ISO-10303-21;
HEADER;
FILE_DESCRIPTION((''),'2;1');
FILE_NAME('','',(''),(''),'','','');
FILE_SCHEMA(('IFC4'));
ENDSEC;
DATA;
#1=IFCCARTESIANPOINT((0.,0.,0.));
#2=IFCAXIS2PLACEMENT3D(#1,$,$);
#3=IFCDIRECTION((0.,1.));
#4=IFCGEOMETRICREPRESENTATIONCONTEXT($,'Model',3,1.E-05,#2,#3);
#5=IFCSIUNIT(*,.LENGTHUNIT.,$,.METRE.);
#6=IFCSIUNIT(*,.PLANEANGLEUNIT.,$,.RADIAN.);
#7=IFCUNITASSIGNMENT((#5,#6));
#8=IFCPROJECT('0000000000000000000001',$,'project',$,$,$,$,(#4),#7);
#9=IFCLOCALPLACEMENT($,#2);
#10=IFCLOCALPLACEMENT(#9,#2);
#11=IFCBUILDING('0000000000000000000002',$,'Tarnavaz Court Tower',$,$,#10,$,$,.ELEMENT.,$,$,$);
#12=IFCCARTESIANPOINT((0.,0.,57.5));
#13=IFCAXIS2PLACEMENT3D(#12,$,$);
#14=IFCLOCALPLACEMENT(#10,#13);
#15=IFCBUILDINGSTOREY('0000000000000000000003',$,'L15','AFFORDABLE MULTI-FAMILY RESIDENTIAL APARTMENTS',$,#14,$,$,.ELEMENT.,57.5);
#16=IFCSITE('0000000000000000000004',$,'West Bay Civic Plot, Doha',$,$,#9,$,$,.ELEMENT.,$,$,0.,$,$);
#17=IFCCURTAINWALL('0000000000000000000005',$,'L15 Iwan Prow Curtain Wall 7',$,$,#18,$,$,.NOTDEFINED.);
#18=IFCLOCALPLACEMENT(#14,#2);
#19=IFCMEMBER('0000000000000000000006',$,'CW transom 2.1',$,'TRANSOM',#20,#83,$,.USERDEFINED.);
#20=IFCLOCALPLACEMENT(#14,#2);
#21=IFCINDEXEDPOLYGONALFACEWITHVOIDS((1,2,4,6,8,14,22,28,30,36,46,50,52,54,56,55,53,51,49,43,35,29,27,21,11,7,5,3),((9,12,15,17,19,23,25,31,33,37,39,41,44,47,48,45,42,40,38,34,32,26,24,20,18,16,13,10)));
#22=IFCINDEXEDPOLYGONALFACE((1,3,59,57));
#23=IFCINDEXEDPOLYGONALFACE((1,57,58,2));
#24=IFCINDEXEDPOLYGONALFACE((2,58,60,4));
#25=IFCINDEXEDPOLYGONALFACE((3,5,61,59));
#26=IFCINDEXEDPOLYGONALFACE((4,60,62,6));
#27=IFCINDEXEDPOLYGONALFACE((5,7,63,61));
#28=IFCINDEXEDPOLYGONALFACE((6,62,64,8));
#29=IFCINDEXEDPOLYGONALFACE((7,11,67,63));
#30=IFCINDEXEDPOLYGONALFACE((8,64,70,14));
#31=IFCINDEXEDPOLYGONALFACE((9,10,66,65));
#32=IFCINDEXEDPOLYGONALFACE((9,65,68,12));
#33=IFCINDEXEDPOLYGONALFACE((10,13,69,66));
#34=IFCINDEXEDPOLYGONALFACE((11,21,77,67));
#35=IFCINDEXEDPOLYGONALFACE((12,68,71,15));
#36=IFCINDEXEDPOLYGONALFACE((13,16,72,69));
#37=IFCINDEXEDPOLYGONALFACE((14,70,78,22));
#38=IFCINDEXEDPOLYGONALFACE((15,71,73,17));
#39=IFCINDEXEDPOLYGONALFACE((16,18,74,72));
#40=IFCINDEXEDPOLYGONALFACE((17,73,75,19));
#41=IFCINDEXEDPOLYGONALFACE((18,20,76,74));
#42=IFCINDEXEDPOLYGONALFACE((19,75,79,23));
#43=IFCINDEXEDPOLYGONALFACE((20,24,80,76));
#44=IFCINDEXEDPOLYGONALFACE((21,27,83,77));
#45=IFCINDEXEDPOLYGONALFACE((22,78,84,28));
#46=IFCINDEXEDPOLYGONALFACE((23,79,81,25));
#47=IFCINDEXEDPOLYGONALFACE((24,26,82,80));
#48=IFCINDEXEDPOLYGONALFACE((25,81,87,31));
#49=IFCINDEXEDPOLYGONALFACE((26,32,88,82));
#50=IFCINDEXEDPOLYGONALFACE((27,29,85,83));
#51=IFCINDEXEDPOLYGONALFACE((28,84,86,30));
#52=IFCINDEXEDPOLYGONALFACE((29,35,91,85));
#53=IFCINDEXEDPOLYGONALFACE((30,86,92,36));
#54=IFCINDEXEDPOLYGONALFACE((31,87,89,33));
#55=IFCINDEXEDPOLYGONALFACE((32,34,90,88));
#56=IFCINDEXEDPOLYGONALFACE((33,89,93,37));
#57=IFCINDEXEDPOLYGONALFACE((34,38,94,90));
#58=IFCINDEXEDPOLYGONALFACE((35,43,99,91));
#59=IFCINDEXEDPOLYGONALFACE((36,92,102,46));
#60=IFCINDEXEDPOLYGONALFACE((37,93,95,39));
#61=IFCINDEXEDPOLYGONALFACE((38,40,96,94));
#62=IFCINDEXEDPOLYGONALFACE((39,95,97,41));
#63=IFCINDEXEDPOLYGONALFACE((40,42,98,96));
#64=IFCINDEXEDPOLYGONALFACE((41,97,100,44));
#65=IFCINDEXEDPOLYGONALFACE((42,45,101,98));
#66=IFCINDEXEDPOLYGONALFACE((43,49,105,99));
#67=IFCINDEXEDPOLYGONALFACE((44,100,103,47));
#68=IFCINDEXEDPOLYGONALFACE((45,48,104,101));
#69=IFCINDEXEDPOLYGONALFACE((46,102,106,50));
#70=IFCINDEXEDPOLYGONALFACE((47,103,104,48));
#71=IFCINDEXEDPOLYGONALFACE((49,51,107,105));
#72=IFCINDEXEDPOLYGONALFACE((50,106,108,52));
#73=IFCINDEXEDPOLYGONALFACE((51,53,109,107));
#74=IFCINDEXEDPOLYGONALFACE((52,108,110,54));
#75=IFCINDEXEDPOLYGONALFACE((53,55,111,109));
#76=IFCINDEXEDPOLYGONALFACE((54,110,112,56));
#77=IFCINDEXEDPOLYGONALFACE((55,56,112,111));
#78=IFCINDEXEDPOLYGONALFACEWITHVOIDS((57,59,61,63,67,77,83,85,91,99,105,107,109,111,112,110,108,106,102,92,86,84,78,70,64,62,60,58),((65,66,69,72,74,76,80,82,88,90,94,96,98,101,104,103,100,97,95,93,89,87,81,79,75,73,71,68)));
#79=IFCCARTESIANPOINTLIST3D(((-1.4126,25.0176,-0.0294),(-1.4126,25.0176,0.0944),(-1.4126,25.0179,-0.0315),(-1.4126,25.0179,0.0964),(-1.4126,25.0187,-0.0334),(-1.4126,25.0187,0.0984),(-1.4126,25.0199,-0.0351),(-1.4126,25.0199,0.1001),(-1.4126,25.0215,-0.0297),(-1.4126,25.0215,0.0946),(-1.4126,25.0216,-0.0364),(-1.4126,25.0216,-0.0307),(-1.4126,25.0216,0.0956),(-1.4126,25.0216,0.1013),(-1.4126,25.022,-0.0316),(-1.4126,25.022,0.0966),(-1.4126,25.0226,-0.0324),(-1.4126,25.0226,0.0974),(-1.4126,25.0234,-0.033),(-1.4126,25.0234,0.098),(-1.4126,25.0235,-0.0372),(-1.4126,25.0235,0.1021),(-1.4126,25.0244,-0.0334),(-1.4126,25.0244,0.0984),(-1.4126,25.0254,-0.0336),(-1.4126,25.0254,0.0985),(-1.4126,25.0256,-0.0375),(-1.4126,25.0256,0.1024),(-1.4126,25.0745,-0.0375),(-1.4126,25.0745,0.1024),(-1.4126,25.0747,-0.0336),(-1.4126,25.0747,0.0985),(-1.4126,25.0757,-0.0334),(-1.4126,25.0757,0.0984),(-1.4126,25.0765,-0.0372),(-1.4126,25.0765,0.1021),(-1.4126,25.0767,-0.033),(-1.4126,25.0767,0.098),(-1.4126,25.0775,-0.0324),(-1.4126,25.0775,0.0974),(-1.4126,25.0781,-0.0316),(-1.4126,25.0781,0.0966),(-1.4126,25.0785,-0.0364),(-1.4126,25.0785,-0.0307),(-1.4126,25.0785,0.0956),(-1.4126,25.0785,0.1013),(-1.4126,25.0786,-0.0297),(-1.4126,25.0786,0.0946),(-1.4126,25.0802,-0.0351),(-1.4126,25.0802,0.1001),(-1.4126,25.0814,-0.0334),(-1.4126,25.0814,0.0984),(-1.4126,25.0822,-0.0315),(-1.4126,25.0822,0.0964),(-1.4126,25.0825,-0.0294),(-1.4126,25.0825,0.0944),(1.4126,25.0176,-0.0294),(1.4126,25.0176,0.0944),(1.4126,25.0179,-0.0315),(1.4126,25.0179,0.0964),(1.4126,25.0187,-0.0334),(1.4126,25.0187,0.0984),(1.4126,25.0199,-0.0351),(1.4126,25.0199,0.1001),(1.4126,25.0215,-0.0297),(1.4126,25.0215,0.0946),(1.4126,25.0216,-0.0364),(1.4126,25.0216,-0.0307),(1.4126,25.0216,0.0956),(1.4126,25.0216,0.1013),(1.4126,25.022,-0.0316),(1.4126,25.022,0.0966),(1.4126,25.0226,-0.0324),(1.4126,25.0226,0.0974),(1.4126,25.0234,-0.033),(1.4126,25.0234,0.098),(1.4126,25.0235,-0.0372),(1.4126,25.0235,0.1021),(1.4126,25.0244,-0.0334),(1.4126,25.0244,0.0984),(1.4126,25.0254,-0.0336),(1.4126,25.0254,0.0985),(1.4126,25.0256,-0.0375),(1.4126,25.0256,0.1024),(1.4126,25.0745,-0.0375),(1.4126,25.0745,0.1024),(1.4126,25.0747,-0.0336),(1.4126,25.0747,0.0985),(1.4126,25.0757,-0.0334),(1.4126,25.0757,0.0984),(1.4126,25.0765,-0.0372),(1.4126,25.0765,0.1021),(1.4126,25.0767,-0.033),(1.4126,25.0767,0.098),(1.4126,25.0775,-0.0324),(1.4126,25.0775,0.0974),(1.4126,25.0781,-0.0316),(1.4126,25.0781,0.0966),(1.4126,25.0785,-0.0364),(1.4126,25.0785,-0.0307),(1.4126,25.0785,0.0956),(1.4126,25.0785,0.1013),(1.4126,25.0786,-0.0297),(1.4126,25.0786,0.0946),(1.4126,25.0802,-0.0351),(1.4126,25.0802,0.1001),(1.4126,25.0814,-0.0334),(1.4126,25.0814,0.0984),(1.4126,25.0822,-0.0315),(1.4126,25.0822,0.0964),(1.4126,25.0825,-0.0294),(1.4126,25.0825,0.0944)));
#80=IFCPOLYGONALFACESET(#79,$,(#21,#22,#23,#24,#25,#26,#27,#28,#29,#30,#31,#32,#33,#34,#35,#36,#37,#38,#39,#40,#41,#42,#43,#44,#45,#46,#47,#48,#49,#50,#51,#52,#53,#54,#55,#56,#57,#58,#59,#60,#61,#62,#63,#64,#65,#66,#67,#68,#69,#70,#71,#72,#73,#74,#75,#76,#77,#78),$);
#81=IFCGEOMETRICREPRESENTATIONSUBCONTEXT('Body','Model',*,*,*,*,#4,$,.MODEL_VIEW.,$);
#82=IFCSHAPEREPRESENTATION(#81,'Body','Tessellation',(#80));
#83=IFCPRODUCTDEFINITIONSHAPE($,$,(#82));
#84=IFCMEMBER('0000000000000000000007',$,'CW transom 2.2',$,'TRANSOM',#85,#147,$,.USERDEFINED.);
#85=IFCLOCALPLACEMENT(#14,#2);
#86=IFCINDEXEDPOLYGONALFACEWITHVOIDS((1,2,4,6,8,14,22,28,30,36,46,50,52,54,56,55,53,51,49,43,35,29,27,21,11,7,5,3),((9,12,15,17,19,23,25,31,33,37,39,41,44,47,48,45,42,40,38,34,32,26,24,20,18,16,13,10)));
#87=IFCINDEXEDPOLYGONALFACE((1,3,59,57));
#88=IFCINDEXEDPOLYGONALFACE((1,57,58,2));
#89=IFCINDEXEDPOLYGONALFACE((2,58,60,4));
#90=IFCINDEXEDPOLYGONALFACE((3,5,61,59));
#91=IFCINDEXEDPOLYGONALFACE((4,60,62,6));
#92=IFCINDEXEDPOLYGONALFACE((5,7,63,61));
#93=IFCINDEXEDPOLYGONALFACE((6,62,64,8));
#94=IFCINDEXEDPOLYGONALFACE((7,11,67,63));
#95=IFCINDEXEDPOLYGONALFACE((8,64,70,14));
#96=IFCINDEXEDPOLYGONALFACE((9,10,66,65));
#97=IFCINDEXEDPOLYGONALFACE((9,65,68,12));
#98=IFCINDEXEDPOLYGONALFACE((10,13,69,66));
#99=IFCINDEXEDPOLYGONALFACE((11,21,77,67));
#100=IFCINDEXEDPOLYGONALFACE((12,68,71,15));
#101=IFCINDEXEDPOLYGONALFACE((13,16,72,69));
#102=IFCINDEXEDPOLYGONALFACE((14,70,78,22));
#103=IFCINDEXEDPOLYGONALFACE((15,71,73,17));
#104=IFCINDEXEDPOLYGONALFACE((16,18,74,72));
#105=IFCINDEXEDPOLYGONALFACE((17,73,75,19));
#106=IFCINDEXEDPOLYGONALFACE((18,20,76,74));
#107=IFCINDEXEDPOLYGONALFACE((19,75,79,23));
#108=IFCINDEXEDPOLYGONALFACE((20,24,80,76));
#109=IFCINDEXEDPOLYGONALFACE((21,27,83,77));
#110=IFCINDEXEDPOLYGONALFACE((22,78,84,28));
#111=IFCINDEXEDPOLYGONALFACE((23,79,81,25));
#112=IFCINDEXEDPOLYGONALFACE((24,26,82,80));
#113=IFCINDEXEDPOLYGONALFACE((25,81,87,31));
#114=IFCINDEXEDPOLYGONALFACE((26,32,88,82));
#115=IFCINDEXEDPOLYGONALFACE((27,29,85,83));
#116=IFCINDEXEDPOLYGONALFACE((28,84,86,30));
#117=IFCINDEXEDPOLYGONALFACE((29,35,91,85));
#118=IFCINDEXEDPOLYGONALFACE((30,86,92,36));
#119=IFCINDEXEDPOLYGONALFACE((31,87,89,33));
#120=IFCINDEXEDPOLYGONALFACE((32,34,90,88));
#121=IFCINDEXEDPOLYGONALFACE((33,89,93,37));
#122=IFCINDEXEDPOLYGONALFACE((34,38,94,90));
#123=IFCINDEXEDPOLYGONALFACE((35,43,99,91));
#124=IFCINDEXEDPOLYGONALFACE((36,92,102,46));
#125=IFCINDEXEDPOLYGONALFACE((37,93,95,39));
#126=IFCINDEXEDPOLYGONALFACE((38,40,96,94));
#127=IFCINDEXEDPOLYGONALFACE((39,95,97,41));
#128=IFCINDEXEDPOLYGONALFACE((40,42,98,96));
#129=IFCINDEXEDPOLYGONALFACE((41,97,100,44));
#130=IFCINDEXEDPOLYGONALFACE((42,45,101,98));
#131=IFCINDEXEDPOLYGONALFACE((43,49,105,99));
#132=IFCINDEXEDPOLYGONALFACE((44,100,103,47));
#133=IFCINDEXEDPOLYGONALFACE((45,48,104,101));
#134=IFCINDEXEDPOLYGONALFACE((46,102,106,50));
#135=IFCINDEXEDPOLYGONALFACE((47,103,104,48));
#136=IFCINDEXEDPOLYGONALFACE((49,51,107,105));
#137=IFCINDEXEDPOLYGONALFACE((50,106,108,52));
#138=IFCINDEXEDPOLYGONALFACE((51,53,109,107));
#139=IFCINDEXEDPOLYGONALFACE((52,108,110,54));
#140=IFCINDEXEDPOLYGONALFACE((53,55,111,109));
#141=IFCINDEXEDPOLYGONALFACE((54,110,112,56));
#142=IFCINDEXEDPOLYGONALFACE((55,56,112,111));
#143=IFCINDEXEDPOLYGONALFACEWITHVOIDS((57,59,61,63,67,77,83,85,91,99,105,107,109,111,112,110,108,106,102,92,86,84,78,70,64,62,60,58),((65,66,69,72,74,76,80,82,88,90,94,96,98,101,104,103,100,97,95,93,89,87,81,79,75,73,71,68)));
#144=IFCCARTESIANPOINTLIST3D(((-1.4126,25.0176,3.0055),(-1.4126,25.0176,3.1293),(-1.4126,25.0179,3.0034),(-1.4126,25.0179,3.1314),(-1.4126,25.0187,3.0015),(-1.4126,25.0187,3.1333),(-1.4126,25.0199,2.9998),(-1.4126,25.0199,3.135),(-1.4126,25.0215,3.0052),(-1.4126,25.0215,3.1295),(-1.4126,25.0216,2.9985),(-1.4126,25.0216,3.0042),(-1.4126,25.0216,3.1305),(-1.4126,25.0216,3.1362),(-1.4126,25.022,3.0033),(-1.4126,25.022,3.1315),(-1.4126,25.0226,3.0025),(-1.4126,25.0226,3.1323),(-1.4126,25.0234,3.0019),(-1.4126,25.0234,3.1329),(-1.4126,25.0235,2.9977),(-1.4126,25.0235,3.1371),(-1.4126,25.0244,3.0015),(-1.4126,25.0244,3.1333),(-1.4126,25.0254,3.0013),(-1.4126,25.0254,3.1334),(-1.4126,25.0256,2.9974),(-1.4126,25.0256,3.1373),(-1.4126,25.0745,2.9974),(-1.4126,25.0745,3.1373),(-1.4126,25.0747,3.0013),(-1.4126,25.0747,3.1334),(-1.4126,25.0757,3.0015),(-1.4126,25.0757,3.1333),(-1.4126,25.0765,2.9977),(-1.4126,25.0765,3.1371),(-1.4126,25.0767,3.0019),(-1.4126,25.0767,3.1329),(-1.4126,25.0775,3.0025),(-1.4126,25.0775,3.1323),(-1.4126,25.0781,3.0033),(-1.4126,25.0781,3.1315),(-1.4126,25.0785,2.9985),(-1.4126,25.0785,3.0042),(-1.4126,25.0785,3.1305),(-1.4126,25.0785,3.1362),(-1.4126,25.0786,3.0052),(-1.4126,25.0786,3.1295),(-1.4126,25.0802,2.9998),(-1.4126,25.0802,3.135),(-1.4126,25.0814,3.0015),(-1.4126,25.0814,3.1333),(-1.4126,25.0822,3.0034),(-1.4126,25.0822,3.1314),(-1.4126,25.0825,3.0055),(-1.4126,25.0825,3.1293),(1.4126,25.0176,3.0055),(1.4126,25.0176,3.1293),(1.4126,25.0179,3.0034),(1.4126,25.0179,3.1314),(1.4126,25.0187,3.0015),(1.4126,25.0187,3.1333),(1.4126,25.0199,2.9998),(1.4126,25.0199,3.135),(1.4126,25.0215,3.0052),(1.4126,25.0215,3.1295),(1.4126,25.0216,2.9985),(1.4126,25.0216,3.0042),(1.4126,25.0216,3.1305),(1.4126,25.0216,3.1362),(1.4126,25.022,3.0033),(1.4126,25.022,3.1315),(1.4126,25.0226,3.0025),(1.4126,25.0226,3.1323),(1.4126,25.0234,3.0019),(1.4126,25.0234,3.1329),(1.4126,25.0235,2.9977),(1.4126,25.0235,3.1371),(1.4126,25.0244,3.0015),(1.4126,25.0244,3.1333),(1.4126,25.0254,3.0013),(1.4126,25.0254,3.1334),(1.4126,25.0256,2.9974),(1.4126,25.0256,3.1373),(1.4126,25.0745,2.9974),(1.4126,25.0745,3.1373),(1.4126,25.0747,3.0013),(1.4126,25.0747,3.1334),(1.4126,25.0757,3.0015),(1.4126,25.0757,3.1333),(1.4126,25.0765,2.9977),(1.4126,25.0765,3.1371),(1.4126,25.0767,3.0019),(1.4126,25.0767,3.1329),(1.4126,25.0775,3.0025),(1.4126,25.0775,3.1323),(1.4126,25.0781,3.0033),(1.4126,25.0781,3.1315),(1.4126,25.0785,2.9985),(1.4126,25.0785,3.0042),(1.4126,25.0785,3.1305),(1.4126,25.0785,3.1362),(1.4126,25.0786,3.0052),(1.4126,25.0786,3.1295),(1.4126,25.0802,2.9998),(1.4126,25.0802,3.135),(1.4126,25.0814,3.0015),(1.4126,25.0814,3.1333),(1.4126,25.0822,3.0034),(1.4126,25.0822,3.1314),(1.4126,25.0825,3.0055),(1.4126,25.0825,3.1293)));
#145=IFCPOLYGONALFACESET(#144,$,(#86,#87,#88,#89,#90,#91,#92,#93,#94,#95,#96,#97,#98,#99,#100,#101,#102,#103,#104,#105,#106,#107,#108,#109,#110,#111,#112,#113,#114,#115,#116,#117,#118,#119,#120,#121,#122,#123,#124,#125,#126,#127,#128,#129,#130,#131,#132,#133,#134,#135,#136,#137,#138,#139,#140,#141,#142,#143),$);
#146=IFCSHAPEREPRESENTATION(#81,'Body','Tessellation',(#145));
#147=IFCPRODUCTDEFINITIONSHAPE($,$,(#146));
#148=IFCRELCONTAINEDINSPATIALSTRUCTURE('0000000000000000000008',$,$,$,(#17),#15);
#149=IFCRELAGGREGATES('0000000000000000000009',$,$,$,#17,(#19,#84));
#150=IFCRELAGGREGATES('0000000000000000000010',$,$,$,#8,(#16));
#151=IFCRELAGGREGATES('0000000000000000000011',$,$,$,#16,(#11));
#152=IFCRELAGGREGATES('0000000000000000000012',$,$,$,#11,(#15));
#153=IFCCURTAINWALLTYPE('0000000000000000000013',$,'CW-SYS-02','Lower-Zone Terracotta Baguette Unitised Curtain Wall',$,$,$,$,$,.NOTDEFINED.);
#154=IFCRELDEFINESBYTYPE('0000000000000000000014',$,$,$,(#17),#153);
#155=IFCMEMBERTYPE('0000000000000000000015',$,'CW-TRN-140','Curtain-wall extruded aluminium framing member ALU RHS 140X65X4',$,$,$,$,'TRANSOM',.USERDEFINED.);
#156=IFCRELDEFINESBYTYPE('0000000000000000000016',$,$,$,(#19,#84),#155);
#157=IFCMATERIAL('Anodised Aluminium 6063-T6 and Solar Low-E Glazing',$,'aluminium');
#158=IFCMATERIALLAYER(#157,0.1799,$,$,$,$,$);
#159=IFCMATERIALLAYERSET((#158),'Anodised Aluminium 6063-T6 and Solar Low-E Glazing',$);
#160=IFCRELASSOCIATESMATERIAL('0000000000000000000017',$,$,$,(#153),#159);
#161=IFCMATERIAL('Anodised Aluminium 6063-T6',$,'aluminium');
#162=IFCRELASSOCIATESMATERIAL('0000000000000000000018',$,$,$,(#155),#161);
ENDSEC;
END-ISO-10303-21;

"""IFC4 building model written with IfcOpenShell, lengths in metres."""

from ifc_helpers import new_model, si_unit, direction, frame, origin, origin_2d, place, context, subcontext, project, spatial, hollow_rectangle, extrude, material, layer, layer_set, material_profile, profile_set, type_object, element, aggregate, save


model = new_model("IFC4")

# Units and contexts
model_context = context("Model", 3, precision=1e-05, world=origin(), true_north=direction((0.0, 1.0)))
body_context = subcontext(model_context, "Body", "Model", "MODEL_VIEW")
ifc_project = project(units=[si_unit("LENGTHUNIT", "METRE"), si_unit("PLANEANGLEUNIT", "RADIAN")], contexts=[model_context])

# Site, building, storey
site_placement = place(None, origin())
site = spatial("IfcSite", under=ifc_project, at=site_placement, Name="West Bay Civic Plot, Doha", CompositionType="ELEMENT", RefElevation=0.0)
building_placement = place(site_placement, origin())
building = spatial("IfcBuilding", under=site, at=building_placement, Name="Tarnavaz Court Tower", CompositionType="ELEMENT")
storey_placement = place(building_placement, frame((0.0, 0.0, 57.5)))
storey = spatial("IfcBuildingStorey", under=building, at=storey_placement, Name="L15", Description="AFFORDABLE MULTI-FAMILY RESIDENTIAL APARTMENTS", CompositionType="ELEMENT", Elevation=57.5)

# Curtain wall, members
ifc_material_1 = material(Name="Anodised Aluminium 6063-T6 and Solar Low-E Glazing", Category="aluminium")
ifc_layer_1 = layer(ifc_material_1, 0.1799)
ifc_layer_set_1 = layer_set([ifc_layer_1], Name="Anodised Aluminium 6063-T6 and Solar Low-E Glazing")
curtain_wall_type = type_object("IfcCurtainWallType", Name="CW-SYS-02", Description="Lower-Zone Terracotta Baguette Unitised Curtain Wall", PredefinedType="NOTDEFINED", material=ifc_layer_set_1)
curtain_wall_placement = place(storey_placement, origin())
curtain_wall = element("IfcCurtainWall", 1, at=curtain_wall_placement, inside=storey, type_object=curtain_wall_type, Name="L15 Iwan Prow Curtain Wall 7", PredefinedType="NOTDEFINED")
ifc_material_2 = material(Name="Anodised Aluminium 6063-T6", Category="aluminium")
ifc_material_profile_1 = material_profile(ifc_material_2, hollow_rectangle(XDim=0.0649, YDim=0.1399, WallThickness=0.0039, InnerFilletRadius=0.0039, OuterFilletRadius=0.0081, at=origin_2d()), Name="ALU RHS 140X65X4")
ifc_profile_set_1 = profile_set([ifc_material_profile_1], Name="Anodised Aluminium 6063-T6")
member_type_1 = type_object("IfcMemberType", Name="CW-TRN-140", Description="Curtain-wall extruded aluminium framing member ALU RHS 140X65X4", ElementType="TRANSOM", PredefinedType="USERDEFINED", material=ifc_profile_set_1)
member_1_placement = place(storey_placement, frame((-1.4126, 25.05, 0.0325), z_axis=(1.0, 0.0, 0.0), x_axis=(0.0, 1.0, 0.0)))
member_1 = element("IfcMember", 2, at=member_1_placement, type_object=member_type_1, Name="CW transom 2.1", ObjectType="TRANSOM", PredefinedType="USERDEFINED", context=body_context, shape_type="SweptSolid", body=[
    extrude(hollow_rectangle(XDim=0.0649, YDim=0.1399, WallThickness=0.0039, InnerFilletRadius=0.0039, OuterFilletRadius=0.0081, at=origin_2d()), origin(), (0.0, 0.0, 1.0), 2.8252),
])
member_2_placement = place(storey_placement, frame((-1.4126, 25.05, 3.0674), z_axis=(1.0, 0.0, 0.0), x_axis=(0.0, 1.0, 0.0)))
member_2 = element("IfcMember", 3, at=member_2_placement, type_object=member_type_1, Name="CW transom 2.2", ObjectType="TRANSOM", PredefinedType="USERDEFINED", context=body_context, shape_type="SweptSolid", body=[
    extrude(hollow_rectangle(XDim=0.0649, YDim=0.1399, WallThickness=0.0039, InnerFilletRadius=0.0039, OuterFilletRadius=0.0081, at=origin_2d()), origin(), (0.0, 0.0, 1.0), 2.8252),
])
aggregate(curtain_wall, [member_1, member_2])

save(model, "model.ifc")
